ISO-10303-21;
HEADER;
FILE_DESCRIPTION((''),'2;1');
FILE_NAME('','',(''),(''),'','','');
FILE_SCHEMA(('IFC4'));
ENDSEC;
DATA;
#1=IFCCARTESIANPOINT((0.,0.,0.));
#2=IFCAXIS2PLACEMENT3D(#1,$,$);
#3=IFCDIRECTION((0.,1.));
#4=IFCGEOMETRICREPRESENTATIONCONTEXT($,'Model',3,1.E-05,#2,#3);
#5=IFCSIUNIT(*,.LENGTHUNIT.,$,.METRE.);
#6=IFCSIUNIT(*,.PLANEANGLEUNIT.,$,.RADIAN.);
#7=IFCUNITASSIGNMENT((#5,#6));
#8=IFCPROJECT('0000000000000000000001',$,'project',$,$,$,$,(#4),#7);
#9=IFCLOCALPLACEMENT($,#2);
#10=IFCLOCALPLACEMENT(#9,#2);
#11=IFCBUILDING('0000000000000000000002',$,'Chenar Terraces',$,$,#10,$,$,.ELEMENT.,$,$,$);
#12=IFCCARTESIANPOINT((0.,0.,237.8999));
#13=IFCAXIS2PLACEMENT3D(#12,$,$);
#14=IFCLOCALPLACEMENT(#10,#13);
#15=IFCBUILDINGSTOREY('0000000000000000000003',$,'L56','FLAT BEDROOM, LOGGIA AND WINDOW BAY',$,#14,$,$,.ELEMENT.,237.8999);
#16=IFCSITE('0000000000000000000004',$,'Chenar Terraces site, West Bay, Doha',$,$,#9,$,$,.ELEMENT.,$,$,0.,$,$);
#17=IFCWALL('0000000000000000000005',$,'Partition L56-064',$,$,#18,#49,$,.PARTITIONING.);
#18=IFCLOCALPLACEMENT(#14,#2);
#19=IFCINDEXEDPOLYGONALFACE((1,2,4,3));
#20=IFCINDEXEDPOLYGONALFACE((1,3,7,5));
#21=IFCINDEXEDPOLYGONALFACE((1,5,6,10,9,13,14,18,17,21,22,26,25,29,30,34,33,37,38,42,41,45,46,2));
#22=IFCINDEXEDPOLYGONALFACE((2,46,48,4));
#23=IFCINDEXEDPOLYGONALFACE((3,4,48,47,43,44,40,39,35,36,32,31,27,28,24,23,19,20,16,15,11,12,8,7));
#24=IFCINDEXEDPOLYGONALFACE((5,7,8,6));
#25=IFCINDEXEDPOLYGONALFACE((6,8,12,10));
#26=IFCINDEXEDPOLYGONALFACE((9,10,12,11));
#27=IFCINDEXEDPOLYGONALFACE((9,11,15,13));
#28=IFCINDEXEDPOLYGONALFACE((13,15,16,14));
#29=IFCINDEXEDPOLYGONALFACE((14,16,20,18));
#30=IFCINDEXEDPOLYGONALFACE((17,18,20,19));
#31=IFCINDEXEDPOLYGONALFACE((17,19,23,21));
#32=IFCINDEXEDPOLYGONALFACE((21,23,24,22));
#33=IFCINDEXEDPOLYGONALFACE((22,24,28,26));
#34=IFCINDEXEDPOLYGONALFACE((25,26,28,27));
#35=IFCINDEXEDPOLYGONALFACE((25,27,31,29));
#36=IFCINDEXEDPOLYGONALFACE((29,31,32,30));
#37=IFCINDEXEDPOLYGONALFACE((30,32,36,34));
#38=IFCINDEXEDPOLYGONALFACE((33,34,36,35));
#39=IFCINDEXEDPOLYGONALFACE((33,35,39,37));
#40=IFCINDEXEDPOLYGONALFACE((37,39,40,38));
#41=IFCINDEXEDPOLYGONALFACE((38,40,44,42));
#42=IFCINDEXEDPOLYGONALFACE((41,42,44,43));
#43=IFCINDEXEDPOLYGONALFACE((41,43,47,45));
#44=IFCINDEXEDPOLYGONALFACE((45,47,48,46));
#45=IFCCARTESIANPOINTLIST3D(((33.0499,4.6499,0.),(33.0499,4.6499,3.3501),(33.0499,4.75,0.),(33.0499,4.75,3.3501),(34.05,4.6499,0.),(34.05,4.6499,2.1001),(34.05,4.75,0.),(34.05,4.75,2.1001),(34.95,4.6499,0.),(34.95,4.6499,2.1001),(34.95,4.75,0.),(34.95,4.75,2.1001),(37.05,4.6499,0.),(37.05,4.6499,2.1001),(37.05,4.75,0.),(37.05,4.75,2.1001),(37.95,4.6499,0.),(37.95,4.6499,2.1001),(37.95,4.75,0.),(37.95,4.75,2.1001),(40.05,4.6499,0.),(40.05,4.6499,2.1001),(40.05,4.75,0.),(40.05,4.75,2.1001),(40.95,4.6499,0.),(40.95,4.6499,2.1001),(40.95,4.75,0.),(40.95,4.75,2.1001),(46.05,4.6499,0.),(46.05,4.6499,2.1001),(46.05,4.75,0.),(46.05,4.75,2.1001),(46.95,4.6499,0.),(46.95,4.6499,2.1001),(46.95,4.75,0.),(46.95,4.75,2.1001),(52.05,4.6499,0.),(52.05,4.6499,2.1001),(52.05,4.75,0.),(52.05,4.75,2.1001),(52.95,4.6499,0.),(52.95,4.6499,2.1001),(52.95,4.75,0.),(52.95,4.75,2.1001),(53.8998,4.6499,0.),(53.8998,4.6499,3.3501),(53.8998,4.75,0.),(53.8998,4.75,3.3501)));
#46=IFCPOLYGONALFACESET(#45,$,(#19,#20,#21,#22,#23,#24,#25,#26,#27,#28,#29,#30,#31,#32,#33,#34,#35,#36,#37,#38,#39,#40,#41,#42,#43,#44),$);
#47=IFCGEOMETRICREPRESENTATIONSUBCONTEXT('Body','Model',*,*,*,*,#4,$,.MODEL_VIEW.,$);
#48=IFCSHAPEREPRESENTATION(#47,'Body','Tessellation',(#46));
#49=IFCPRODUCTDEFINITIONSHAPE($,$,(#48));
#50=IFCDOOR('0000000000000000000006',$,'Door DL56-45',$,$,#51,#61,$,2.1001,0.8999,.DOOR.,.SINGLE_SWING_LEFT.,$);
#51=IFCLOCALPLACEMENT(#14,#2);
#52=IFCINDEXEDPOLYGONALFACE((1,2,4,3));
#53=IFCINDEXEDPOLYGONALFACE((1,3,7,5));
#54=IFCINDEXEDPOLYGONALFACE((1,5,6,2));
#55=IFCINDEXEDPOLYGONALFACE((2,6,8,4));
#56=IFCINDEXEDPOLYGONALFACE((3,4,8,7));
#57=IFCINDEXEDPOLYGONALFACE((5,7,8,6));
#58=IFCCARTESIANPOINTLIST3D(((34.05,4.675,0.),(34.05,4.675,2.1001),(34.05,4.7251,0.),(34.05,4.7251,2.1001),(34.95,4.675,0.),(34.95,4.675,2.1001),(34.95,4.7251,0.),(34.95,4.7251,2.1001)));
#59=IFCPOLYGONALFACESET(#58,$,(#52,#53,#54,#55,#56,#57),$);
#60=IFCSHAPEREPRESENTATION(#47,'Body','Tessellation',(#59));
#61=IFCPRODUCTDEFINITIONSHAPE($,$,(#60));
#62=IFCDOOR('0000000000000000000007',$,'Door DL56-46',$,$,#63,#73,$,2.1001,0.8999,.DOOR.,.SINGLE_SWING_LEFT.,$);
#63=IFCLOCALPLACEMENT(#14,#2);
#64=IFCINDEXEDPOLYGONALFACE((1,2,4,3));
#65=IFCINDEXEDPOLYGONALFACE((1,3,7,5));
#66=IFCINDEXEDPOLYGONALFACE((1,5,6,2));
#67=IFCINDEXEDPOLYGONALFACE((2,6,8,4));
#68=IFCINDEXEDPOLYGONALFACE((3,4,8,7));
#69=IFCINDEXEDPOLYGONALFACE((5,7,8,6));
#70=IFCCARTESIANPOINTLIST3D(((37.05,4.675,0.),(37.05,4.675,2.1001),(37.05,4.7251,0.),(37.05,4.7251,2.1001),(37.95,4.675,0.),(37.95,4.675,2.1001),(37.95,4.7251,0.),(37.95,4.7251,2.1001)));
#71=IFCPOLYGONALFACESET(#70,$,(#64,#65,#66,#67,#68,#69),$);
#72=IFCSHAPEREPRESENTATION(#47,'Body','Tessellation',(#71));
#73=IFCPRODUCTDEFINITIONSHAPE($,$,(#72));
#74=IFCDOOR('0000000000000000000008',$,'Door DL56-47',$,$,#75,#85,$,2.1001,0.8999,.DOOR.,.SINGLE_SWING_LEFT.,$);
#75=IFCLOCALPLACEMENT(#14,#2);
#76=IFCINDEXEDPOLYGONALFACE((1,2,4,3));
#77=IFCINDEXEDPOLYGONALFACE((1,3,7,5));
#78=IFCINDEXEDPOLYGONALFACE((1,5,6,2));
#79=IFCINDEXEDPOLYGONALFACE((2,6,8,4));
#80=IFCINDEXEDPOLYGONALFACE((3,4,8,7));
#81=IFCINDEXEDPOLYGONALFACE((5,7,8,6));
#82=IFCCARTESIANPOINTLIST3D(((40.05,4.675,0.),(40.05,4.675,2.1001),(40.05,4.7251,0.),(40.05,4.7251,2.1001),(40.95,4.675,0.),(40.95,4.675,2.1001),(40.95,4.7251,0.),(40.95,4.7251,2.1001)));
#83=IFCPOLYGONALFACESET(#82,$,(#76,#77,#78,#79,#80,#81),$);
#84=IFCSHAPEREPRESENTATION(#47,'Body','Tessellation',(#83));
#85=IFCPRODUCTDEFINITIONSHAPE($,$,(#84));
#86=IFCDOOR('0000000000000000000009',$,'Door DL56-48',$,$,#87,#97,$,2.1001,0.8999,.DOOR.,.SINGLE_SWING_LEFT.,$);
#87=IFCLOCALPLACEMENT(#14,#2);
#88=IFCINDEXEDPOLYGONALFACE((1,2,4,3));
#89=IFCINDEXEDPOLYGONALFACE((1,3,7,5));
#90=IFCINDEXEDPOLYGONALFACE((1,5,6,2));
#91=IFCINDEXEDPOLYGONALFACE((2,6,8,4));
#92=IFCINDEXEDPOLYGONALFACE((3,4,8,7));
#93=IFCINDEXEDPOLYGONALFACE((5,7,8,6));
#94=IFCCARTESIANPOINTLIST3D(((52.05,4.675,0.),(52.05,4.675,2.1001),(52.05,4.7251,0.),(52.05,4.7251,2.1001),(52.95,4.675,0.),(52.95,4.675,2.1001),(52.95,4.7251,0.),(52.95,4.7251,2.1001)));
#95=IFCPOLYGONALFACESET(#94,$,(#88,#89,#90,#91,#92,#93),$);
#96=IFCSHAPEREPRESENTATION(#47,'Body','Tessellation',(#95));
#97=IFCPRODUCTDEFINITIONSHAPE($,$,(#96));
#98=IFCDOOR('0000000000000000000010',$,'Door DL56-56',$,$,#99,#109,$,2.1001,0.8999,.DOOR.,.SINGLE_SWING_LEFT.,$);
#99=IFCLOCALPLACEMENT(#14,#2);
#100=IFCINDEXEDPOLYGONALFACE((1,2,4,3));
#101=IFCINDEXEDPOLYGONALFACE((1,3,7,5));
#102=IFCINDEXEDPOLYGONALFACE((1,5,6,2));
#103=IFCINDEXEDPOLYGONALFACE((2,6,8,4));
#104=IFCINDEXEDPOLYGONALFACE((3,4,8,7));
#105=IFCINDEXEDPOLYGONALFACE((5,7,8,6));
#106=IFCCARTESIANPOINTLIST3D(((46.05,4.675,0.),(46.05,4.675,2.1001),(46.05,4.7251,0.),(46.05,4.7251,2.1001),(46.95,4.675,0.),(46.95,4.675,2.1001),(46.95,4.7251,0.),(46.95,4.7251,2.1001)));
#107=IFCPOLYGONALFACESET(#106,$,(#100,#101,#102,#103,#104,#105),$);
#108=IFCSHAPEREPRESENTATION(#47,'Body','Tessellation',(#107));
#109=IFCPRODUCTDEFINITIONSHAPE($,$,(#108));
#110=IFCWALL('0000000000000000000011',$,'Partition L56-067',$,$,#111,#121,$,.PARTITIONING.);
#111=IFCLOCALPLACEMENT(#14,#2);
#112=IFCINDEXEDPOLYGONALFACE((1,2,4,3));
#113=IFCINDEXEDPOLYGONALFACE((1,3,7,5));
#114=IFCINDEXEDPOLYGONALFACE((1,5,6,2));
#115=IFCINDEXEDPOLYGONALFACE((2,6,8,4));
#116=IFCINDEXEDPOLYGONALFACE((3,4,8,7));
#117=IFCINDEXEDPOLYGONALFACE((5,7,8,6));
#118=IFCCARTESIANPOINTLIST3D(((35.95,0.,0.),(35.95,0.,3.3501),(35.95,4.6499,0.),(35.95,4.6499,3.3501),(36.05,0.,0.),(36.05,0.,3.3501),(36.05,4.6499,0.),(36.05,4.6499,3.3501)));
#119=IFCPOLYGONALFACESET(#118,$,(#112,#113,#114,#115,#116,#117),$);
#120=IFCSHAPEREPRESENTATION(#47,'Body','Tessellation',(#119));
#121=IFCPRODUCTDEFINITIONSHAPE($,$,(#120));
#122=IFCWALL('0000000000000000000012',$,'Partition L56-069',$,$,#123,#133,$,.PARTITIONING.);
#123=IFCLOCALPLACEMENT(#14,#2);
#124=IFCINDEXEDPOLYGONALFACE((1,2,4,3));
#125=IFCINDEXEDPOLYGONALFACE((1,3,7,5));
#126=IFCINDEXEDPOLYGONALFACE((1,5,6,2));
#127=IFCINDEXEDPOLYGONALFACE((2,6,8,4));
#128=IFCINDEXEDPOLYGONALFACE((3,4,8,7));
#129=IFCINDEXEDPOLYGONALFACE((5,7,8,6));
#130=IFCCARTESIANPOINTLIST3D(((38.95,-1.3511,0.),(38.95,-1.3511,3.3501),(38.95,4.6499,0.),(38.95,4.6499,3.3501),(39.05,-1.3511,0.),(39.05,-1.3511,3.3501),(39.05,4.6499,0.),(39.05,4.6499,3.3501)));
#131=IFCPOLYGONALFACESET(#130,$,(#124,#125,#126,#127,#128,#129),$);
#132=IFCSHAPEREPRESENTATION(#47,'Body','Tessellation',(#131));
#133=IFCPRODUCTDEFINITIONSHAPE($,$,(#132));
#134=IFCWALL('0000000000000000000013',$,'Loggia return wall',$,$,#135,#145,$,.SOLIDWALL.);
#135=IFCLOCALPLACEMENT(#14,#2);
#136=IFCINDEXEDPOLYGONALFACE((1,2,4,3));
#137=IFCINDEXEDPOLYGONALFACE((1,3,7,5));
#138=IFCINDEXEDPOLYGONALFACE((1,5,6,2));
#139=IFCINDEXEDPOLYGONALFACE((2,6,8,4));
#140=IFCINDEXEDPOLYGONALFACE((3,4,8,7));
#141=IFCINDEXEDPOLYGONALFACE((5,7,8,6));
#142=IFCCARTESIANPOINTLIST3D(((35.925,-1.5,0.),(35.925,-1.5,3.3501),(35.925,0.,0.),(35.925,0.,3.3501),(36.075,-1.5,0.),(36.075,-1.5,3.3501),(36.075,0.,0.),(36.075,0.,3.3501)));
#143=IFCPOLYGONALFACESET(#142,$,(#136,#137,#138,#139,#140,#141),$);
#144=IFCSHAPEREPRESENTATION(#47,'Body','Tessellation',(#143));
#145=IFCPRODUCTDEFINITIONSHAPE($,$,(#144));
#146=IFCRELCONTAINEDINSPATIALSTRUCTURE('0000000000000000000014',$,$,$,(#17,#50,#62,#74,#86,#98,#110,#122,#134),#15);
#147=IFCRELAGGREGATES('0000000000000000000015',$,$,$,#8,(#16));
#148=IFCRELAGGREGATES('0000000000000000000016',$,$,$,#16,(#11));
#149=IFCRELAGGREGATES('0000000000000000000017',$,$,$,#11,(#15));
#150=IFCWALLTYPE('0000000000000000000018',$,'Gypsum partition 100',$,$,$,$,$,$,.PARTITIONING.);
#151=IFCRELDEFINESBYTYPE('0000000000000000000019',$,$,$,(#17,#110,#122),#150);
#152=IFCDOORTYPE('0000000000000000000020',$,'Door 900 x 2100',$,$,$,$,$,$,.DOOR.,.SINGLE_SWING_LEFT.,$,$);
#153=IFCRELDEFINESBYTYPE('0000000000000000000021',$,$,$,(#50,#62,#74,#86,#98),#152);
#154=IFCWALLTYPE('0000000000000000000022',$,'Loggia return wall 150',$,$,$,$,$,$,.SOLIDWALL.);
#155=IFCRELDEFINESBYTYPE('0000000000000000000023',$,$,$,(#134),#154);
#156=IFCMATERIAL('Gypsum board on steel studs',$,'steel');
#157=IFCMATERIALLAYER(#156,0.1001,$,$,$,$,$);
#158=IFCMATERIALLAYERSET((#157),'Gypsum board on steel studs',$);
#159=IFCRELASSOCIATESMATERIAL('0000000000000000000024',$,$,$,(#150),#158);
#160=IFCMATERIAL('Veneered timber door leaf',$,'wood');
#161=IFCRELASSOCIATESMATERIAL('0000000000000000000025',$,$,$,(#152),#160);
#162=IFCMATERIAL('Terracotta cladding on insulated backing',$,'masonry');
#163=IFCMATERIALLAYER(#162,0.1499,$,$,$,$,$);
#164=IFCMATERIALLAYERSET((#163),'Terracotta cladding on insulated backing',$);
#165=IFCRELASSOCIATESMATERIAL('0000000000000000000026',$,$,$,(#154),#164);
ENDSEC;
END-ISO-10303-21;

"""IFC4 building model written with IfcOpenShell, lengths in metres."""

from ifc_helpers import new_model, si_unit, direction, frame, frame_2d, origin, place, context, subcontext, project, spatial, rectangle, extrude, material, layer, layer_set, type_object, element, fill, save


model = new_model("IFC4")

# Units and contexts
model_context = context("Model", 3, precision=1e-05, world=origin(), true_north=direction((0.0, 1.0)))
body_context = subcontext(model_context, "Body", "Model", "MODEL_VIEW")
ifc_project = project(units=[si_unit("LENGTHUNIT", "METRE"), si_unit("PLANEANGLEUNIT", "RADIAN")], contexts=[model_context])

# Site, building, storey
site_placement = place(None, origin())
site = spatial("IfcSite", under=ifc_project, at=site_placement, Name="Chenar Terraces site, West Bay, Doha", CompositionType="ELEMENT", RefElevation=0.0)
building_placement = place(site_placement, origin())
building = spatial("IfcBuilding", under=site, at=building_placement, Name="Chenar Terraces", CompositionType="ELEMENT")
storey_placement = place(building_placement, frame((0.0, 0.0, 237.8999)))
storey = spatial("IfcBuildingStorey", under=building, at=storey_placement, Name="L56", Description="FLAT BEDROOM, LOGGIA AND WINDOW BAY", CompositionType="ELEMENT", Elevation=237.8999)

# Shared definitions
ifc_material_1 = material(Name="Gypsum board on steel studs", Category="steel")
ifc_layer_1 = layer(ifc_material_1, 0.1001)
ifc_layer_set_1 = layer_set([ifc_layer_1], Name="Gypsum board on steel studs")
wall_type_1 = type_object("IfcWallType", Name="Gypsum partition 100", PredefinedType="PARTITIONING", material=ifc_layer_set_1)
ifc_material_2 = material(Name="Veneered timber door leaf", Category="wood")
door_type = type_object("IfcDoorType", Name="Door 900 x 2100", OperationType="SINGLE_SWING_LEFT", PredefinedType="DOOR", material=ifc_material_2)

# Wall, openings, doors
wall_1_placement = place(storey_placement, frame((33.05, 4.7, 0.0), z_axis=(0.0, 0.0, 1.0), x_axis=(1.0, 0.0, 0.0)))
wall_1 = element("IfcWall", 1, at=wall_1_placement, inside=storey, type_object=wall_type_1, Name="Partition L56-064", PredefinedType="PARTITIONING", context=body_context, shape_type="SweptSolid", body=[
    extrude(rectangle(XDim=20.8499, YDim=0.1001, at=frame_2d((10.4248, 0.0))), origin(), (0.0, 0.0, 1.0), 3.3501),
])
opening_1_placement = place(wall_1_placement, frame((1.0, 0.0, 0.0)))
opening_1 = element("IfcOpeningElement", 2, at=opening_1_placement, cuts=wall_1, PredefinedType="OPENING", context=body_context, shape_type="SweptSolid", body=[
    extrude(rectangle(XDim=0.8999, YDim=2.1001, at=frame_2d((0.45, 1.05))), frame((0.0, 0.0601, 0.0), z_axis=(0.0, -1.0, 0.0), x_axis=(1.0, 0.0, 0.0)), (0.0, 0.0, 1.0), 0.1201),
])
opening_2_placement = place(wall_1_placement, frame((4.0, 0.0, 0.0)))
opening_2 = element("IfcOpeningElement", 3, at=opening_2_placement, cuts=wall_1, PredefinedType="OPENING", context=body_context, shape_type="SweptSolid", body=[
    extrude(rectangle(XDim=0.8999, YDim=2.1001, at=frame_2d((0.45, 1.05))), frame((0.0, 0.0601, 0.0), z_axis=(0.0, -1.0, 0.0), x_axis=(1.0, 0.0, 0.0)), (0.0, 0.0, 1.0), 0.1201),
])
opening_3_placement = place(wall_1_placement, frame((7.0, 0.0, 0.0)))
opening_3 = element("IfcOpeningElement", 4, at=opening_3_placement, cuts=wall_1, PredefinedType="OPENING", context=body_context, shape_type="SweptSolid", body=[
    extrude(rectangle(XDim=0.8999, YDim=2.1001, at=frame_2d((0.45, 1.05))), frame((0.0, 0.0601, 0.0), z_axis=(0.0, -1.0, 0.0), x_axis=(1.0, 0.0, 0.0)), (0.0, 0.0, 1.0), 0.1201),
])
opening_4_placement = place(wall_1_placement, frame((19.0, 0.0, 0.0)))
opening_4 = element("IfcOpeningElement", 5, at=opening_4_placement, cuts=wall_1, PredefinedType="OPENING", context=body_context, shape_type="SweptSolid", body=[
    extrude(rectangle(XDim=0.8999, YDim=2.1001, at=frame_2d((0.45, 1.05))), frame((0.0, 0.0601, 0.0), z_axis=(0.0, -1.0, 0.0), x_axis=(1.0, 0.0, 0.0)), (0.0, 0.0, 1.0), 0.1201),
])
opening_5_placement = place(wall_1_placement, frame((13.0, 0.0, 0.0)))
opening_5 = element("IfcOpeningElement", 6, at=opening_5_placement, cuts=wall_1, PredefinedType="OPENING", context=body_context, shape_type="SweptSolid", body=[
    extrude(rectangle(XDim=0.8999, YDim=2.1001, at=frame_2d((0.45, 1.05))), frame((0.0, 0.0601, 0.0), z_axis=(0.0, -1.0, 0.0), x_axis=(1.0, 0.0, 0.0)), (0.0, 0.0, 1.0), 0.1201),
])
door_1_placement = place(opening_1_placement, frame((0.8999, 0.0, 0.0), z_axis=(0.0, 0.0, 1.0), x_axis=(-1.0, 0.0, 0.0)))
door_1 = element("IfcDoor", 7, at=door_1_placement, inside=storey, type_object=door_type, Name="Door DL56-45", OperationType="SINGLE_SWING_LEFT", OverallHeight=2.1001, OverallWidth=0.8999, PredefinedType="DOOR", context=body_context, shape_type="SweptSolid", body=[
    extrude(rectangle(XDim=0.8999, YDim=2.1001, at=frame_2d((0.45, 1.05))), frame((0.0, 0.0249, 0.0), z_axis=(0.0, -1.0, 0.0), x_axis=(1.0, 0.0, 0.0)), (0.0, 0.0, 1.0), 0.05),
])
fill(opening_1, door_1)
door_2_placement = place(opening_2_placement, frame((0.8999, 0.0, 0.0), z_axis=(0.0, 0.0, 1.0), x_axis=(-1.0, 0.0, 0.0)))
door_2 = element("IfcDoor", 8, at=door_2_placement, inside=storey, type_object=door_type, Name="Door DL56-46", OperationType="SINGLE_SWING_LEFT", OverallHeight=2.1001, OverallWidth=0.8999, PredefinedType="DOOR", context=body_context, shape_type="SweptSolid", body=[
    extrude(rectangle(XDim=0.8999, YDim=2.1001, at=frame_2d((0.45, 1.05))), frame((0.0, 0.0249, 0.0), z_axis=(0.0, -1.0, 0.0), x_axis=(1.0, 0.0, 0.0)), (0.0, 0.0, 1.0), 0.05),
])
fill(opening_2, door_2)
door_3_placement = place(opening_3_placement, frame((0.8999, 0.0, 0.0), z_axis=(0.0, 0.0, 1.0), x_axis=(-1.0, 0.0, 0.0)))
door_3 = element("IfcDoor", 9, at=door_3_placement, inside=storey, type_object=door_type, Name="Door DL56-47", OperationType="SINGLE_SWING_LEFT", OverallHeight=2.1001, OverallWidth=0.8999, PredefinedType="DOOR", context=body_context, shape_type="SweptSolid", body=[
    extrude(rectangle(XDim=0.8999, YDim=2.1001, at=frame_2d((0.45, 1.05))), frame((0.0, 0.0249, 0.0), z_axis=(0.0, -1.0, 0.0), x_axis=(1.0, 0.0, 0.0)), (0.0, 0.0, 1.0), 0.05),
])
fill(opening_3, door_3)
door_4_placement = place(opening_4_placement, frame((0.8999, 0.0, 0.0), z_axis=(0.0, 0.0, 1.0), x_axis=(-1.0, 0.0, 0.0)))
door_4 = element("IfcDoor", 10, at=door_4_placement, inside=storey, type_object=door_type, Name="Door DL56-48", OperationType="SINGLE_SWING_LEFT", OverallHeight=2.1001, OverallWidth=0.8999, PredefinedType="DOOR", context=body_context, shape_type="SweptSolid", body=[
    extrude(rectangle(XDim=0.8999, YDim=2.1001, at=frame_2d((0.45, 1.05))), frame((0.0, 0.0249, 0.0), z_axis=(0.0, -1.0, 0.0), x_axis=(1.0, 0.0, 0.0)), (0.0, 0.0, 1.0), 0.05),
])
fill(opening_4, door_4)
door_5_placement = place(opening_5_placement, frame((0.8999, 0.0, 0.0), z_axis=(0.0, 0.0, 1.0), x_axis=(-1.0, 0.0, 0.0)))
door_5 = element("IfcDoor", 11, at=door_5_placement, inside=storey, type_object=door_type, Name="Door DL56-56", OperationType="SINGLE_SWING_LEFT", OverallHeight=2.1001, OverallWidth=0.8999, PredefinedType="DOOR", context=body_context, shape_type="SweptSolid", body=[
    extrude(rectangle(XDim=0.8999, YDim=2.1001, at=frame_2d((0.45, 1.05))), frame((0.0, 0.0249, 0.0), z_axis=(0.0, -1.0, 0.0), x_axis=(1.0, 0.0, 0.0)), (0.0, 0.0, 1.0), 0.05),
])
fill(opening_5, door_5)

# Walls
wall_2_placement = place(storey_placement, frame((36.0, 0.0, 0.0), z_axis=(0.0, 0.0, 1.0), x_axis=(0.0, 1.0, 0.0)))
element("IfcWall", 12, at=wall_2_placement, inside=storey, type_object=wall_type_1, Name="Partition L56-067", PredefinedType="PARTITIONING", context=body_context, shape_type="SweptSolid", body=[
    extrude(rectangle(XDim=4.6499, YDim=0.1001, at=frame_2d((2.325, 0.0))), origin(), (0.0, 0.0, 1.0), 3.3501),
])
wall_3_placement = place(storey_placement, frame((39.0, -1.3511, 0.0), z_axis=(0.0, 0.0, 1.0), x_axis=(0.0, 1.0, 0.0)))
element("IfcWall", 13, at=wall_3_placement, inside=storey, type_object=wall_type_1, Name="Partition L56-069", PredefinedType="PARTITIONING", context=body_context, shape_type="SweptSolid", body=[
    extrude(rectangle(XDim=6.001, YDim=0.1001, at=frame_2d((3.0005, 0.0))), origin(), (0.0, 0.0, 1.0), 3.3501),
])
ifc_material_3 = material(Name="Terracotta cladding on insulated backing", Category="masonry")
ifc_layer_2 = layer(ifc_material_3, 0.1499)
ifc_layer_set_2 = layer_set([ifc_layer_2], Name="Terracotta cladding on insulated backing")
wall_type_2 = type_object("IfcWallType", Name="Loggia return wall 150", PredefinedType="SOLIDWALL", material=ifc_layer_set_2)
wall_4_placement = place(storey_placement, frame((36.0, -1.5, 0.0), z_axis=(0.0, 0.0, 1.0), x_axis=(0.0, 1.0, 0.0)))
element("IfcWall", 14, at=wall_4_placement, inside=storey, type_object=wall_type_2, Name="Loggia return wall", PredefinedType="SOLIDWALL", context=body_context, shape_type="SweptSolid", body=[
    extrude(rectangle(XDim=1.5, YDim=0.1499, at=frame_2d((0.75, 0.0))), origin(), (0.0, 0.0, 1.0), 3.3501),
])

save(model, "model.ifc")
